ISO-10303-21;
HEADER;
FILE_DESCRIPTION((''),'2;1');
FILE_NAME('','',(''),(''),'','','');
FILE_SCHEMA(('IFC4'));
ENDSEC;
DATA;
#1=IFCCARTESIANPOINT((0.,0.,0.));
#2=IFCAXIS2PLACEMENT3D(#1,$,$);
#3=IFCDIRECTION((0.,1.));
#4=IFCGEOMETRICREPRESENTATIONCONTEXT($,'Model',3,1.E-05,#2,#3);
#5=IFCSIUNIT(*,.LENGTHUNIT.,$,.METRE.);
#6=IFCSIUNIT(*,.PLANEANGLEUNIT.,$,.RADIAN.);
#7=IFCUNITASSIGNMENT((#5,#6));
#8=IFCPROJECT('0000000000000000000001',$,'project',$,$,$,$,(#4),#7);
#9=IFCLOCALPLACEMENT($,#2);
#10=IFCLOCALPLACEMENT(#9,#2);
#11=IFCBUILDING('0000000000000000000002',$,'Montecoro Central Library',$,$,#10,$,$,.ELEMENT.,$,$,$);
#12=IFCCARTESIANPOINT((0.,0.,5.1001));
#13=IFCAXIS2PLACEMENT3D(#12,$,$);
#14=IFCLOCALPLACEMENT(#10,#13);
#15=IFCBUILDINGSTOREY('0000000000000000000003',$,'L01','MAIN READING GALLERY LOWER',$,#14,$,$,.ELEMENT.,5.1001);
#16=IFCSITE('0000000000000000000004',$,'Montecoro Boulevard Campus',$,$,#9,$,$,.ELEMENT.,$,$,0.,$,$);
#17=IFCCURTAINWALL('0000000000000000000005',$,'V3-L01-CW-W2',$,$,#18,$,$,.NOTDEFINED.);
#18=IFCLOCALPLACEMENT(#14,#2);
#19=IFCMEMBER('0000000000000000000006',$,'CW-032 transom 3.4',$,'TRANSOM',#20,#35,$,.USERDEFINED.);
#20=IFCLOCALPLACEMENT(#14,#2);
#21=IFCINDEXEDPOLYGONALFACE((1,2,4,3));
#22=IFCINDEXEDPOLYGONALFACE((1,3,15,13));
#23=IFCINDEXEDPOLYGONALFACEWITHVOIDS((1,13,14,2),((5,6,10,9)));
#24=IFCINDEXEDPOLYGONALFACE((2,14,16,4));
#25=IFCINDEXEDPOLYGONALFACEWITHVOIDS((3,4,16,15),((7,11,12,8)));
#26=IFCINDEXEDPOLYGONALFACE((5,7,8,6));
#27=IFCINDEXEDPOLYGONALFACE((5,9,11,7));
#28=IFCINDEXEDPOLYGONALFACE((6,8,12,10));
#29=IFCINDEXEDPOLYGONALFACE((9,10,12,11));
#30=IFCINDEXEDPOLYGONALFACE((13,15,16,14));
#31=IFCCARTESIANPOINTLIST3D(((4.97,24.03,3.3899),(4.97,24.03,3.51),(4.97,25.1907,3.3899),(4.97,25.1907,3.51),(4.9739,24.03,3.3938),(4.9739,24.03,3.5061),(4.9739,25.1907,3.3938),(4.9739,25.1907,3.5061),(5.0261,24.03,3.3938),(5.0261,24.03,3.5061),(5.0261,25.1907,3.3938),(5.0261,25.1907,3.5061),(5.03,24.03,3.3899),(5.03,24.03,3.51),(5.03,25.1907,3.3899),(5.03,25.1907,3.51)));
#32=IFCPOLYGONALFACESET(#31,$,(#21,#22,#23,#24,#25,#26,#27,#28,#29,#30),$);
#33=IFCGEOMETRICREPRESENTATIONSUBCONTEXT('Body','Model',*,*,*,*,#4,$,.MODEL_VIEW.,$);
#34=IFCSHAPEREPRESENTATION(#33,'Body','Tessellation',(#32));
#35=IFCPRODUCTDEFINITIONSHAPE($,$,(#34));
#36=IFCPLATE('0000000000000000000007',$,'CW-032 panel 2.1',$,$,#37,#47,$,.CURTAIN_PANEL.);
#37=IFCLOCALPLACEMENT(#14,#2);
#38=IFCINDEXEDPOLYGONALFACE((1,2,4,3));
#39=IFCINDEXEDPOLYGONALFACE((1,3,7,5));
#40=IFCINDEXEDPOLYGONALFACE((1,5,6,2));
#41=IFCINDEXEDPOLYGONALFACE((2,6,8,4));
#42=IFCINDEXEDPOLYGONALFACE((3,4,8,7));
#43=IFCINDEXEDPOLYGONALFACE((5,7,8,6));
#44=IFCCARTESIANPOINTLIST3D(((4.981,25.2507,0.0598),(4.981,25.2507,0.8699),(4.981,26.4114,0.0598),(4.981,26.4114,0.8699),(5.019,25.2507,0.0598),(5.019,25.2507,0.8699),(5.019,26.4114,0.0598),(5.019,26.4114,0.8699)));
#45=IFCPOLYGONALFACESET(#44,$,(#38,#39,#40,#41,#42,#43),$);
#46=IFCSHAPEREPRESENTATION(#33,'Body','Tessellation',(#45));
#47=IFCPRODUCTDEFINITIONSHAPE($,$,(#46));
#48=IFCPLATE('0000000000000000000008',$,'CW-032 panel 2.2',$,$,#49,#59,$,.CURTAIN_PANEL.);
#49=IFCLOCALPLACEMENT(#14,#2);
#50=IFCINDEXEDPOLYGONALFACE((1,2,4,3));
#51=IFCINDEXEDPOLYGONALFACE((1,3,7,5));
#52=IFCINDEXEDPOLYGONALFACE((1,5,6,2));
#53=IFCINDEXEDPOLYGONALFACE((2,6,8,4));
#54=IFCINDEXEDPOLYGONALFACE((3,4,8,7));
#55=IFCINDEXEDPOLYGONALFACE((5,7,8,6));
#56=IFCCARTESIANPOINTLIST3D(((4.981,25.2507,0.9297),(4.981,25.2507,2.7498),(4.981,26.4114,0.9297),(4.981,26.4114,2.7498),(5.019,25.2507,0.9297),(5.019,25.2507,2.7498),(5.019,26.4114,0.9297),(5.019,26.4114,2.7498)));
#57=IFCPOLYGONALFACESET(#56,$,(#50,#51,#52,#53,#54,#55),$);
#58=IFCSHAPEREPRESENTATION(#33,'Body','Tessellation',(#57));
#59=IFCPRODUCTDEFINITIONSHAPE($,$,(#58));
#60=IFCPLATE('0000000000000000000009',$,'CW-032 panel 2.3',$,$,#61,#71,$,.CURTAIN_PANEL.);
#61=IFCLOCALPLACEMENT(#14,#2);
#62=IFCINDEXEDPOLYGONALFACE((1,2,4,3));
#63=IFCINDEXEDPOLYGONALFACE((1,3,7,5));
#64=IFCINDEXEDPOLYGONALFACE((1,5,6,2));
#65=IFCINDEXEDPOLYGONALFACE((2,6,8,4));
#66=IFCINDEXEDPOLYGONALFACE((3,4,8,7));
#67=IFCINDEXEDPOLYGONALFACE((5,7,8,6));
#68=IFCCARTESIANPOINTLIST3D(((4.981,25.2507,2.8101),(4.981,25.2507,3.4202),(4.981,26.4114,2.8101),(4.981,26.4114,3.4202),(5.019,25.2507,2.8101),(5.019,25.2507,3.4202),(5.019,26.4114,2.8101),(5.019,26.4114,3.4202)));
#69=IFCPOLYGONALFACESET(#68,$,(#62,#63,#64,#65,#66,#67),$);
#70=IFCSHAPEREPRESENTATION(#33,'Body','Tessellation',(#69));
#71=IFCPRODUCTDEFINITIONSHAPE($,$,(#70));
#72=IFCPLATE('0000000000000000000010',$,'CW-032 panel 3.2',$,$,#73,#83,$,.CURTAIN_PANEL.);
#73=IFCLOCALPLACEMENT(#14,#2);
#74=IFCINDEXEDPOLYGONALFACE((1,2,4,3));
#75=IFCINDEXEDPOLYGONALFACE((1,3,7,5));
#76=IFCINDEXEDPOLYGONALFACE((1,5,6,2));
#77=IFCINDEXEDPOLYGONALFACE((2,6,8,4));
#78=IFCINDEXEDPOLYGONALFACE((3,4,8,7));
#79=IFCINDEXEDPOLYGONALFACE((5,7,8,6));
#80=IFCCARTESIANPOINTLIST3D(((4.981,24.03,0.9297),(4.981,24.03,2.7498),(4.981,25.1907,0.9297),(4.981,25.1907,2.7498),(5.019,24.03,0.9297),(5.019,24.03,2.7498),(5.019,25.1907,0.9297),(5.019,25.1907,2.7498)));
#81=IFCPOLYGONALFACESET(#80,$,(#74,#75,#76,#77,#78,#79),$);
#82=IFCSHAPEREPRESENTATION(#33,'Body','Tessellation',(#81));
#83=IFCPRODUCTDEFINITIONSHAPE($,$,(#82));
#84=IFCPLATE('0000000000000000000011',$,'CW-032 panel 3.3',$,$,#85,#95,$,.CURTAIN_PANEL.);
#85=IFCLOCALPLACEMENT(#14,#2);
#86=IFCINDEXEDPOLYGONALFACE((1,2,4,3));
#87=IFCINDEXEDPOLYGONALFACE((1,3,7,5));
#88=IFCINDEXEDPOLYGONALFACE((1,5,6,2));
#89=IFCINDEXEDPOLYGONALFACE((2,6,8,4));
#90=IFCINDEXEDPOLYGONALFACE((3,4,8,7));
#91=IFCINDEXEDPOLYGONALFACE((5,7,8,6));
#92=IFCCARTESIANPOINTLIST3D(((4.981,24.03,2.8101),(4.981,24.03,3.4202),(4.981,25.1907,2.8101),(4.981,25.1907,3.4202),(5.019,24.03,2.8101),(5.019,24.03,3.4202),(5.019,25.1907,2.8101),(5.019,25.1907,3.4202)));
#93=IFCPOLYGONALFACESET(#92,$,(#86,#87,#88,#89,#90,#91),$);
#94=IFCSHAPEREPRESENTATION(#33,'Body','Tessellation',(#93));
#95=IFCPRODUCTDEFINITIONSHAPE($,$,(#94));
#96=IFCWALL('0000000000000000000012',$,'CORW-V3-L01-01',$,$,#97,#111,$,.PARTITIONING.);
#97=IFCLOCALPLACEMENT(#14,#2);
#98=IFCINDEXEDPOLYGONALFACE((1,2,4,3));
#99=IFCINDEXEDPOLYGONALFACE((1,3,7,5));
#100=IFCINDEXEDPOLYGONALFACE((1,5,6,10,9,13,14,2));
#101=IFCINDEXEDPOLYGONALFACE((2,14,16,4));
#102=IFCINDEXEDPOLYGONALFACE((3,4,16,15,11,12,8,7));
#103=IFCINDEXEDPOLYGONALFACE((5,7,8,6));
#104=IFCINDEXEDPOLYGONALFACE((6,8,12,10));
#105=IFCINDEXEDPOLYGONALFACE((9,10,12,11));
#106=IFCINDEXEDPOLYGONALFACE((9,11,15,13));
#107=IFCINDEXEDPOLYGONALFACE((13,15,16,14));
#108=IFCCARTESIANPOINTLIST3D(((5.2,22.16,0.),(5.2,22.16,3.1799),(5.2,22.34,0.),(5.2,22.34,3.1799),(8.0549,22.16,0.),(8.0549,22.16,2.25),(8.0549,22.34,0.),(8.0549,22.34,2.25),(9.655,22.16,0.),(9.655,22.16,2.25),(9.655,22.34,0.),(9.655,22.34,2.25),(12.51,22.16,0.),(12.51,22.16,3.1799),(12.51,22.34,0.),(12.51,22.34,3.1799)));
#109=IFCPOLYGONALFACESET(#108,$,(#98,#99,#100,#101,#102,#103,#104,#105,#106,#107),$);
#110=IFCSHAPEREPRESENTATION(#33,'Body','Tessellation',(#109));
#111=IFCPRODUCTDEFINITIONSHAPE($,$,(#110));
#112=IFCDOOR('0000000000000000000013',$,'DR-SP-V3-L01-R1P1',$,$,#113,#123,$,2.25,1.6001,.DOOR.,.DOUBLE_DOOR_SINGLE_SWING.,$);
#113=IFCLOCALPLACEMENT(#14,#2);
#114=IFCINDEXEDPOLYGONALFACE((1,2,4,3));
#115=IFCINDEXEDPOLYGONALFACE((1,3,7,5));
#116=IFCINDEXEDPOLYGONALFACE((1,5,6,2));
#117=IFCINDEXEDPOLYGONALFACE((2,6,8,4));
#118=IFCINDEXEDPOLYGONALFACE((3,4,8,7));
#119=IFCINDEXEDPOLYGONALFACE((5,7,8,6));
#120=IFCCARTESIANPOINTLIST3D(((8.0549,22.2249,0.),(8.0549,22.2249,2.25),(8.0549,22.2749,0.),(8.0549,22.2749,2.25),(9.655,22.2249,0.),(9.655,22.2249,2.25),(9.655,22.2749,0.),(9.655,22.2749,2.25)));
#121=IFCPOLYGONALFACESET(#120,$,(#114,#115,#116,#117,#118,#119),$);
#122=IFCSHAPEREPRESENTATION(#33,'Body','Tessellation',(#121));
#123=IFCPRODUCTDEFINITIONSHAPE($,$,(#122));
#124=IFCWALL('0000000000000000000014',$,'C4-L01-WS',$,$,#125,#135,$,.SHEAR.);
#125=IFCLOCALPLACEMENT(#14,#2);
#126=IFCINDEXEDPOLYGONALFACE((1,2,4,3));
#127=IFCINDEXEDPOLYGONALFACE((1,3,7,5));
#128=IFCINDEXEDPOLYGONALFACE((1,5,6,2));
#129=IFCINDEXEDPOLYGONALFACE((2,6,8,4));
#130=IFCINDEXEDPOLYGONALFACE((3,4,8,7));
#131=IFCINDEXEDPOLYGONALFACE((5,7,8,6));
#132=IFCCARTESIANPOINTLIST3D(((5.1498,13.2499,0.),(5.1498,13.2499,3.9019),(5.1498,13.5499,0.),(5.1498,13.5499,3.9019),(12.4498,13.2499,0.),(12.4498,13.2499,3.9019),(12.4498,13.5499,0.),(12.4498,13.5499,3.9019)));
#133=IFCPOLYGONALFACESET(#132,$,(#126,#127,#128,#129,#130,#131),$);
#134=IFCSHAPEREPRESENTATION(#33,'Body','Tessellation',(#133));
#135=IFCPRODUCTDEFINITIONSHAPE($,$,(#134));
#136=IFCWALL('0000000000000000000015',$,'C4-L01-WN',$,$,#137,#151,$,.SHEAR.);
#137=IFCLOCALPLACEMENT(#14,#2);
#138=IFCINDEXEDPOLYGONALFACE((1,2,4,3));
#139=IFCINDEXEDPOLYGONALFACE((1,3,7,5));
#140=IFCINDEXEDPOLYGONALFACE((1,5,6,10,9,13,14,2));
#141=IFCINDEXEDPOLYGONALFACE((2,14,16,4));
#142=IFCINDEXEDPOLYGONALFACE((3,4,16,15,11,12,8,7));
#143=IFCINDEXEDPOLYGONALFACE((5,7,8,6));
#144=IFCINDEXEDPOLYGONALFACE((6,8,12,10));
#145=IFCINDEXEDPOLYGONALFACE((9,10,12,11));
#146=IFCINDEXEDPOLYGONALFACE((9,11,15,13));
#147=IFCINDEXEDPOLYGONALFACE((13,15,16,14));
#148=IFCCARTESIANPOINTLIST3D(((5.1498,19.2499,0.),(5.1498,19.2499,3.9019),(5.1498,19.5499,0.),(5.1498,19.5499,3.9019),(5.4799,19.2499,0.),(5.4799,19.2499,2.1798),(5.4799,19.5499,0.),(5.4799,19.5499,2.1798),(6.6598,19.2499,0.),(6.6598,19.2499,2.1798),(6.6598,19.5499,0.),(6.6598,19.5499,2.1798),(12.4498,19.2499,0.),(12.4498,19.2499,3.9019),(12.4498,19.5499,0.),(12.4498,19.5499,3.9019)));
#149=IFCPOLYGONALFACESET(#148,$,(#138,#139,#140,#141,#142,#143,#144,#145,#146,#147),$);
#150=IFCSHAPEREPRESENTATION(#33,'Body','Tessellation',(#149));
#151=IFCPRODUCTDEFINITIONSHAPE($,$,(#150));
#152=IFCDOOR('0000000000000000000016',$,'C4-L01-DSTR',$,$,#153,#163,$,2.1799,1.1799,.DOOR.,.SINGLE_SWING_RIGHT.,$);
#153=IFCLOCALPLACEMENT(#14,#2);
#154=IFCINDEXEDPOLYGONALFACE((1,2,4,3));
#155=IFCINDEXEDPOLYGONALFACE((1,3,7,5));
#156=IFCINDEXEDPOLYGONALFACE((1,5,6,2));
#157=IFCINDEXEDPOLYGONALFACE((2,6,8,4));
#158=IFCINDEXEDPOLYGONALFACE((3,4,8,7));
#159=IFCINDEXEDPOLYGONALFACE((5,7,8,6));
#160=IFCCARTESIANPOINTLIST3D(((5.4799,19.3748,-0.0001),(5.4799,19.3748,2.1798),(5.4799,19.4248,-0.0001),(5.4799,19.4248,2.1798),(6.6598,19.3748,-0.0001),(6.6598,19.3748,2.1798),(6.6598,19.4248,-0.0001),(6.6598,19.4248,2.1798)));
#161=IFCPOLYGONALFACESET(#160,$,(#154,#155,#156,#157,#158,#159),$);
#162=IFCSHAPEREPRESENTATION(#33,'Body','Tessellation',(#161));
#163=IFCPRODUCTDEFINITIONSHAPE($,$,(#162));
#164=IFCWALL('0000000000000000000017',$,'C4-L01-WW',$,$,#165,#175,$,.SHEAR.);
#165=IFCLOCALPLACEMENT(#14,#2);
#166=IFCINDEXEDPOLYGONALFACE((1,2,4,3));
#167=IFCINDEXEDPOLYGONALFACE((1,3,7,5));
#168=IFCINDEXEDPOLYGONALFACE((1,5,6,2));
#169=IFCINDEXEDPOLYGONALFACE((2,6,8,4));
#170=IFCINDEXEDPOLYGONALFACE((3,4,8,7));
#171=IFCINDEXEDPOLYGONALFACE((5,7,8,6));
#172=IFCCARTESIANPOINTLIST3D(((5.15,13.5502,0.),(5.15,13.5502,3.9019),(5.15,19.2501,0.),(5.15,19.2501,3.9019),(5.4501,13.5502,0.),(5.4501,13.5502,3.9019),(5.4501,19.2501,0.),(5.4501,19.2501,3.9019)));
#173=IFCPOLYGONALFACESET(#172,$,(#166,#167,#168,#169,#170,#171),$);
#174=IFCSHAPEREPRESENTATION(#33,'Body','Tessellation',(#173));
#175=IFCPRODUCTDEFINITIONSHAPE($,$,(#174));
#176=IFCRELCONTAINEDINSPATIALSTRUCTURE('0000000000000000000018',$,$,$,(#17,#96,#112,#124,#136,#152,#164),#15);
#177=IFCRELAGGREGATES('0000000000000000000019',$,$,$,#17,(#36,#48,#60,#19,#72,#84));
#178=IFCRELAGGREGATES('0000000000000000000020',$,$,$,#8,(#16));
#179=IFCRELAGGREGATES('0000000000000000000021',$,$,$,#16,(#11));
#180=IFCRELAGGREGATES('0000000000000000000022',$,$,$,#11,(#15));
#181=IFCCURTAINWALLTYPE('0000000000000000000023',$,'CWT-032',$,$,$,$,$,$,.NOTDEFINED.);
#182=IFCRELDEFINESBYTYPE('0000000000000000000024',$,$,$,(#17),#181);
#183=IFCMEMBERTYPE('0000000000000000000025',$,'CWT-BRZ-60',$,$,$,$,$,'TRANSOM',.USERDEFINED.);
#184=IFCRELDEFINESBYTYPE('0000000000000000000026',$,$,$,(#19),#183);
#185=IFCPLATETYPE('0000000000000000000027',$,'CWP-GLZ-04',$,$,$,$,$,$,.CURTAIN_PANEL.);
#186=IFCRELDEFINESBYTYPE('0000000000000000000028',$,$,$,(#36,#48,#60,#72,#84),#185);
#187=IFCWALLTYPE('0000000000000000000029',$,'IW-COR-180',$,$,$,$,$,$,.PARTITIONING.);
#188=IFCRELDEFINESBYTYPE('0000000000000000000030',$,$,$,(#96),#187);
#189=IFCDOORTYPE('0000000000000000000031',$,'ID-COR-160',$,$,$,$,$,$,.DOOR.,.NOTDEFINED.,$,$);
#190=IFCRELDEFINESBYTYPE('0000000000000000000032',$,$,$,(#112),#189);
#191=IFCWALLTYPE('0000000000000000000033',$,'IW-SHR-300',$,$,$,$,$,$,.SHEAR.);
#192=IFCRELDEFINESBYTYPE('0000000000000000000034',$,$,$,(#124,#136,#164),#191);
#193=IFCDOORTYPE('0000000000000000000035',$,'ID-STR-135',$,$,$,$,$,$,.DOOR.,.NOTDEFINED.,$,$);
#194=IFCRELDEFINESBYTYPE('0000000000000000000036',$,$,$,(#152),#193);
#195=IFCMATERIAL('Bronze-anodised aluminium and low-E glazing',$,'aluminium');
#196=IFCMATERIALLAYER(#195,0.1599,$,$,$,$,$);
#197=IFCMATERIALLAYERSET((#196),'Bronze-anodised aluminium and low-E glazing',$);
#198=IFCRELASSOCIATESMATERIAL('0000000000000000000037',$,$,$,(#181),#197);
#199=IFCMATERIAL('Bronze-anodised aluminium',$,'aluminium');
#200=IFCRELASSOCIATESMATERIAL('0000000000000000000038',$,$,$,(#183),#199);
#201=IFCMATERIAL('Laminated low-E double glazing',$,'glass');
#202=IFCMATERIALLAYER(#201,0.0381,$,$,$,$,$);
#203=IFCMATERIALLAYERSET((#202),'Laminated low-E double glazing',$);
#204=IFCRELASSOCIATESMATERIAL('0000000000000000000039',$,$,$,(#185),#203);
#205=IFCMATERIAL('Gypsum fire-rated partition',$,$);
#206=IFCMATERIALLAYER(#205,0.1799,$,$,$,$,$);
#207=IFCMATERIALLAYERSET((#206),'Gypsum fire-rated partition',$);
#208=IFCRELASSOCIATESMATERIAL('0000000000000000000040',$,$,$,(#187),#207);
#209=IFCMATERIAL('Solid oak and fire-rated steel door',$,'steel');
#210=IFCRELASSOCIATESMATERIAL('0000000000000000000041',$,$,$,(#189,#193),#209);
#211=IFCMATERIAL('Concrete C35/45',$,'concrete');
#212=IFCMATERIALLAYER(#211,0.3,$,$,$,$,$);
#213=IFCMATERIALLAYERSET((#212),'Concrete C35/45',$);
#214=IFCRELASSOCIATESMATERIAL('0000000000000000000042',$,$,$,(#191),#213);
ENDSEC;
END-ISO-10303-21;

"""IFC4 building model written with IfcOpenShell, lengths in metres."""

from ifc_helpers import new_model, si_unit, direction, frame, frame_2d, origin, origin_2d, place, context, subcontext, project, spatial, rectangle, hollow_rectangle, extrude, material, layer, layer_set, material_profile, profile_set, type_object, element, fill, aggregate, save


model = new_model("IFC4")

# Units and contexts
model_context = context("Model", 3, precision=1e-05, world=origin(), true_north=direction((0.0, 1.0)))
body_context = subcontext(model_context, "Body", "Model", "MODEL_VIEW")
ifc_project = project(units=[si_unit("LENGTHUNIT", "METRE"), si_unit("PLANEANGLEUNIT", "RADIAN")], contexts=[model_context])

# Site, building, storey
site_placement = place(None, origin())
site = spatial("IfcSite", under=ifc_project, at=site_placement, Name="Montecoro Boulevard Campus", CompositionType="ELEMENT", RefElevation=0.0)
building_placement = place(site_placement, origin())
building = spatial("IfcBuilding", under=site, at=building_placement, Name="Montecoro Central Library", CompositionType="ELEMENT")
storey_placement = place(building_placement, frame((0.0, 0.0, 5.1001)))
storey = spatial("IfcBuildingStorey", under=building, at=storey_placement, Name="L01", Description="MAIN READING GALLERY LOWER", CompositionType="ELEMENT", Elevation=5.1001)

# Shared definitions
ifc_material_1 = material(Name="Concrete C35/45", Category="concrete")

# Curtain wall, member, plates
ifc_material_2 = material(Name="Bronze-anodised aluminium and low-E glazing", Category="aluminium")
ifc_layer_1 = layer(ifc_material_2, 0.1599)
ifc_layer_set_1 = layer_set([ifc_layer_1], Name="Bronze-anodised aluminium and low-E glazing")
curtain_wall_type = type_object("IfcCurtainWallType", Name="CWT-032", PredefinedType="NOTDEFINED", material=ifc_layer_set_1)
curtain_wall_placement = place(storey_placement, origin())
curtain_wall = element("IfcCurtainWall", 1, at=curtain_wall_placement, inside=storey, type_object=curtain_wall_type, Name="V3-L01-CW-W2", PredefinedType="NOTDEFINED")
ifc_material_3 = material(Name="Bronze-anodised aluminium", Category="aluminium")
ifc_material_profile_1 = material_profile(ifc_material_3, hollow_rectangle(XDim=0.0601, YDim=0.1201, WallThickness=0.0039, at=origin_2d()), Name="CWT 120x60x4.0")
ifc_profile_set_1 = profile_set([ifc_material_profile_1], Name="Bronze-anodised aluminium")
member_type_1 = type_object("IfcMemberType", Name="CWT-BRZ-60", ElementType="TRANSOM", PredefinedType="USERDEFINED", material=ifc_profile_set_1)
member_1_placement = place(storey_placement, frame((5.0, 25.1907, 3.45), z_axis=(0.0, -1.0, 0.0), x_axis=(1.0, 0.0, 0.0)))
member_1 = element("IfcMember", 2, at=member_1_placement, type_object=member_type_1, Name="CW-032 transom 3.4", ObjectType="TRANSOM", PredefinedType="USERDEFINED", context=body_context, shape_type="SweptSolid", body=[
    extrude(hollow_rectangle(XDim=0.0601, YDim=0.1201, WallThickness=0.0039, at=origin_2d()), origin(), (0.0, 0.0, 1.0), 1.1606),
])
ifc_material_4 = material(Name="Laminated low-E double glazing", Category="glass")
ifc_layer_2 = layer(ifc_material_4, 0.0381)
ifc_layer_set_2 = layer_set([ifc_layer_2], Name="Laminated low-E double glazing")
plate_type = type_object("IfcPlateType", Name="CWP-GLZ-04", PredefinedType="CURTAIN_PANEL", material=ifc_layer_set_2)
plate_1_placement = place(storey_placement, frame((5.0, 25.8311, 0.0598), z_axis=(0.0, 0.0, 1.0), x_axis=(0.0, -1.0, 0.0)))
plate_1 = element("IfcPlate", 3, at=plate_1_placement, type_object=plate_type, Name="CW-032 panel 2.1", PredefinedType="CURTAIN_PANEL", context=body_context, shape_type="SweptSolid", body=[
    extrude(rectangle(XDim=1.1606, YDim=0.0381, at=origin_2d()), origin(), (0.0, 0.0, 1.0), 0.8101),
])
plate_2_placement = place(storey_placement, frame((5.0, 25.8311, 0.9297), z_axis=(0.0, 0.0, 1.0), x_axis=(0.0, -1.0, 0.0)))
plate_2 = element("IfcPlate", 4, at=plate_2_placement, type_object=plate_type, Name="CW-032 panel 2.2", PredefinedType="CURTAIN_PANEL", context=body_context, shape_type="SweptSolid", body=[
    extrude(rectangle(XDim=1.1606, YDim=0.0381, at=origin_2d()), origin(), (0.0, 0.0, 1.0), 1.8201),
])
plate_3_placement = place(storey_placement, frame((5.0, 25.8311, 2.8101), z_axis=(0.0, 0.0, 1.0), x_axis=(0.0, -1.0, 0.0)))
plate_3 = element("IfcPlate", 5, at=plate_3_placement, type_object=plate_type, Name="CW-032 panel 2.3", PredefinedType="CURTAIN_PANEL", context=body_context, shape_type="SweptSolid", body=[
    extrude(rectangle(XDim=1.1606, YDim=0.0381, at=origin_2d()), origin(), (0.0, 0.0, 1.0), 0.6101),
])
plate_4_placement = place(storey_placement, frame((5.0, 24.6104, 0.9297), z_axis=(0.0, 0.0, 1.0), x_axis=(0.0, -1.0, 0.0)))
plate_4 = element("IfcPlate", 6, at=plate_4_placement, type_object=plate_type, Name="CW-032 panel 3.2", PredefinedType="CURTAIN_PANEL", context=body_context, shape_type="SweptSolid", body=[
    extrude(rectangle(XDim=1.1606, YDim=0.0381, at=origin_2d()), origin(), (0.0, 0.0, 1.0), 1.8201),
])
plate_5_placement = place(storey_placement, frame((5.0, 24.6104, 2.8101), z_axis=(0.0, 0.0, 1.0), x_axis=(0.0, -1.0, 0.0)))
plate_5 = element("IfcPlate", 7, at=plate_5_placement, type_object=plate_type, Name="CW-032 panel 3.3", PredefinedType="CURTAIN_PANEL", context=body_context, shape_type="SweptSolid", body=[
    extrude(rectangle(XDim=1.1606, YDim=0.0381, at=origin_2d()), origin(), (0.0, 0.0, 1.0), 0.6101),
])
aggregate(curtain_wall, [plate_1, plate_2, plate_3, member_1, plate_4, plate_5])

# Wall, opening, door
ifc_material_5 = material(Name="Gypsum fire-rated partition")
ifc_layer_3 = layer(ifc_material_5, 0.1799)
ifc_layer_set_3 = layer_set([ifc_layer_3], Name="Gypsum fire-rated partition")
wall_type_1 = type_object("IfcWallType", Name="IW-COR-180", PredefinedType="PARTITIONING", material=ifc_layer_set_3)
wall_1_placement = place(storey_placement, frame((5.2, 22.25, 0.0), z_axis=(0.0, 0.0, 1.0), x_axis=(1.0, 0.0, 0.0)))
wall_1 = element("IfcWall", 8, at=wall_1_placement, inside=storey, type_object=wall_type_1, Name="CORW-V3-L01-01", PredefinedType="PARTITIONING", context=body_context, shape_type="SweptSolid", body=[
    extrude(rectangle(XDim=7.3101, YDim=0.1799, at=frame_2d((3.655, 0.0))), origin(), (0.0, 0.0, 1.0), 3.1799),
])
opening_1_placement = place(wall_1_placement, frame((2.855, 0.0, 0.0)))
opening_1 = element("IfcOpeningElement", 9, at=opening_1_placement, cuts=wall_1, PredefinedType="OPENING", context=body_context, shape_type="SweptSolid", body=[
    extrude(rectangle(XDim=1.6001, YDim=2.25, at=frame_2d((0.8, 1.125))), frame((0.0, 0.0999, 0.0), z_axis=(0.0, -1.0, 0.0), x_axis=(1.0, 0.0, 0.0)), (0.0, 0.0, 1.0), 0.2),
])
ifc_material_6 = material(Name="Solid oak and fire-rated steel door", Category="steel")
door_type_1 = type_object("IfcDoorType", Name="ID-COR-160", OperationType="NOTDEFINED", PredefinedType="DOOR", material=ifc_material_6)
door_1_placement = place(opening_1_placement, origin())
door_1 = element("IfcDoor", 10, at=door_1_placement, inside=storey, type_object=door_type_1, Name="DR-SP-V3-L01-R1P1", OperationType="DOUBLE_DOOR_SINGLE_SWING", OverallHeight=2.25, OverallWidth=1.6001, PredefinedType="DOOR", context=body_context, shape_type="SweptSolid", body=[
    extrude(rectangle(XDim=1.6001, YDim=2.25, at=frame_2d((0.8, 1.125))), frame((0.0, 0.0249, 0.0), z_axis=(0.0, -1.0, 0.0), x_axis=(1.0, 0.0, 0.0)), (0.0, 0.0, 1.0), 0.05),
])
fill(opening_1, door_1)

# Wall
ifc_layer_4 = layer(ifc_material_1, 0.3)
ifc_layer_set_4 = layer_set([ifc_layer_4], Name="Concrete C35/45")
wall_type_2 = type_object("IfcWallType", Name="IW-SHR-300", PredefinedType="SHEAR", material=ifc_layer_set_4)
wall_2_placement = place(storey_placement, frame((5.1499, 13.3999, 0.0), z_axis=(0.0, 0.0, 1.0), x_axis=(1.0, 0.0, 0.0)))
element("IfcWall", 11, at=wall_2_placement, inside=storey, type_object=wall_type_2, Name="C4-L01-WS", PredefinedType="SHEAR", context=body_context, shape_type="SweptSolid", body=[
    extrude(rectangle(XDim=7.3, YDim=0.3, at=frame_2d((3.6499, 0.0))), origin(), (0.0, 0.0, 1.0), 3.9019),
])

# Wall, opening, door
wall_3_placement = place(storey_placement, frame((5.1499, 19.3999, 0.0), z_axis=(0.0, 0.0, 1.0), x_axis=(1.0, 0.0, 0.0)))
wall_3 = element("IfcWall", 12, at=wall_3_placement, inside=storey, type_object=wall_type_2, Name="C4-L01-WN", PredefinedType="SHEAR", context=body_context, shape_type="SweptSolid", body=[
    extrude(rectangle(XDim=7.3, YDim=0.3, at=frame_2d((3.6499, 0.0))), origin(), (0.0, 0.0, 1.0), 3.9019),
])
opening_2_placement = place(wall_3_placement, frame((0.3301, 0.0, 0.0)))
opening_2 = element("IfcOpeningElement", 13, at=opening_2_placement, cuts=wall_3, PredefinedType="OPENING", context=body_context, shape_type="SweptSolid", body=[
    extrude(rectangle(XDim=1.1799, YDim=2.1799, at=frame_2d((0.5898, 1.0898))), frame((0.0, 0.1599, 0.0), z_axis=(0.0, -1.0, 0.0), x_axis=(1.0, 0.0, 0.0)), (0.0, 0.0, 1.0), 0.3201),
])
door_type_2 = type_object("IfcDoorType", Name="ID-STR-135", OperationType="NOTDEFINED", PredefinedType="DOOR", material=ifc_material_6)
door_2_placement = place(opening_2_placement, origin())
door_2 = element("IfcDoor", 14, at=door_2_placement, inside=storey, type_object=door_type_2, Name="C4-L01-DSTR", OperationType="SINGLE_SWING_RIGHT", OverallHeight=2.1799, OverallWidth=1.1799, PredefinedType="DOOR", context=body_context, shape_type="SweptSolid", body=[
    extrude(rectangle(XDim=1.1799, YDim=2.1799, at=frame_2d((0.5898, 1.0898))), frame((0.0, 0.0249, 0.0), z_axis=(0.0, -1.0, 0.0), x_axis=(1.0, 0.0, 0.0)), (0.0, 0.0, 1.0), 0.05),
])
fill(opening_2, door_2)

# Wall
wall_4_placement = place(storey_placement, frame((5.3, 13.55, 0.0), z_axis=(0.0, 0.0, 1.0), x_axis=(0.0, 1.0, 0.0)))
element("IfcWall", 15, at=wall_4_placement, inside=storey, type_object=wall_type_2, Name="C4-L01-WW", PredefinedType="SHEAR", context=body_context, shape_type="SweptSolid", body=[
    extrude(rectangle(XDim=5.7, YDim=0.3, at=frame_2d((2.8501, 0.0))), origin(), (0.0, 0.0, 1.0), 3.9019),
])

save(model, "model.ifc")
